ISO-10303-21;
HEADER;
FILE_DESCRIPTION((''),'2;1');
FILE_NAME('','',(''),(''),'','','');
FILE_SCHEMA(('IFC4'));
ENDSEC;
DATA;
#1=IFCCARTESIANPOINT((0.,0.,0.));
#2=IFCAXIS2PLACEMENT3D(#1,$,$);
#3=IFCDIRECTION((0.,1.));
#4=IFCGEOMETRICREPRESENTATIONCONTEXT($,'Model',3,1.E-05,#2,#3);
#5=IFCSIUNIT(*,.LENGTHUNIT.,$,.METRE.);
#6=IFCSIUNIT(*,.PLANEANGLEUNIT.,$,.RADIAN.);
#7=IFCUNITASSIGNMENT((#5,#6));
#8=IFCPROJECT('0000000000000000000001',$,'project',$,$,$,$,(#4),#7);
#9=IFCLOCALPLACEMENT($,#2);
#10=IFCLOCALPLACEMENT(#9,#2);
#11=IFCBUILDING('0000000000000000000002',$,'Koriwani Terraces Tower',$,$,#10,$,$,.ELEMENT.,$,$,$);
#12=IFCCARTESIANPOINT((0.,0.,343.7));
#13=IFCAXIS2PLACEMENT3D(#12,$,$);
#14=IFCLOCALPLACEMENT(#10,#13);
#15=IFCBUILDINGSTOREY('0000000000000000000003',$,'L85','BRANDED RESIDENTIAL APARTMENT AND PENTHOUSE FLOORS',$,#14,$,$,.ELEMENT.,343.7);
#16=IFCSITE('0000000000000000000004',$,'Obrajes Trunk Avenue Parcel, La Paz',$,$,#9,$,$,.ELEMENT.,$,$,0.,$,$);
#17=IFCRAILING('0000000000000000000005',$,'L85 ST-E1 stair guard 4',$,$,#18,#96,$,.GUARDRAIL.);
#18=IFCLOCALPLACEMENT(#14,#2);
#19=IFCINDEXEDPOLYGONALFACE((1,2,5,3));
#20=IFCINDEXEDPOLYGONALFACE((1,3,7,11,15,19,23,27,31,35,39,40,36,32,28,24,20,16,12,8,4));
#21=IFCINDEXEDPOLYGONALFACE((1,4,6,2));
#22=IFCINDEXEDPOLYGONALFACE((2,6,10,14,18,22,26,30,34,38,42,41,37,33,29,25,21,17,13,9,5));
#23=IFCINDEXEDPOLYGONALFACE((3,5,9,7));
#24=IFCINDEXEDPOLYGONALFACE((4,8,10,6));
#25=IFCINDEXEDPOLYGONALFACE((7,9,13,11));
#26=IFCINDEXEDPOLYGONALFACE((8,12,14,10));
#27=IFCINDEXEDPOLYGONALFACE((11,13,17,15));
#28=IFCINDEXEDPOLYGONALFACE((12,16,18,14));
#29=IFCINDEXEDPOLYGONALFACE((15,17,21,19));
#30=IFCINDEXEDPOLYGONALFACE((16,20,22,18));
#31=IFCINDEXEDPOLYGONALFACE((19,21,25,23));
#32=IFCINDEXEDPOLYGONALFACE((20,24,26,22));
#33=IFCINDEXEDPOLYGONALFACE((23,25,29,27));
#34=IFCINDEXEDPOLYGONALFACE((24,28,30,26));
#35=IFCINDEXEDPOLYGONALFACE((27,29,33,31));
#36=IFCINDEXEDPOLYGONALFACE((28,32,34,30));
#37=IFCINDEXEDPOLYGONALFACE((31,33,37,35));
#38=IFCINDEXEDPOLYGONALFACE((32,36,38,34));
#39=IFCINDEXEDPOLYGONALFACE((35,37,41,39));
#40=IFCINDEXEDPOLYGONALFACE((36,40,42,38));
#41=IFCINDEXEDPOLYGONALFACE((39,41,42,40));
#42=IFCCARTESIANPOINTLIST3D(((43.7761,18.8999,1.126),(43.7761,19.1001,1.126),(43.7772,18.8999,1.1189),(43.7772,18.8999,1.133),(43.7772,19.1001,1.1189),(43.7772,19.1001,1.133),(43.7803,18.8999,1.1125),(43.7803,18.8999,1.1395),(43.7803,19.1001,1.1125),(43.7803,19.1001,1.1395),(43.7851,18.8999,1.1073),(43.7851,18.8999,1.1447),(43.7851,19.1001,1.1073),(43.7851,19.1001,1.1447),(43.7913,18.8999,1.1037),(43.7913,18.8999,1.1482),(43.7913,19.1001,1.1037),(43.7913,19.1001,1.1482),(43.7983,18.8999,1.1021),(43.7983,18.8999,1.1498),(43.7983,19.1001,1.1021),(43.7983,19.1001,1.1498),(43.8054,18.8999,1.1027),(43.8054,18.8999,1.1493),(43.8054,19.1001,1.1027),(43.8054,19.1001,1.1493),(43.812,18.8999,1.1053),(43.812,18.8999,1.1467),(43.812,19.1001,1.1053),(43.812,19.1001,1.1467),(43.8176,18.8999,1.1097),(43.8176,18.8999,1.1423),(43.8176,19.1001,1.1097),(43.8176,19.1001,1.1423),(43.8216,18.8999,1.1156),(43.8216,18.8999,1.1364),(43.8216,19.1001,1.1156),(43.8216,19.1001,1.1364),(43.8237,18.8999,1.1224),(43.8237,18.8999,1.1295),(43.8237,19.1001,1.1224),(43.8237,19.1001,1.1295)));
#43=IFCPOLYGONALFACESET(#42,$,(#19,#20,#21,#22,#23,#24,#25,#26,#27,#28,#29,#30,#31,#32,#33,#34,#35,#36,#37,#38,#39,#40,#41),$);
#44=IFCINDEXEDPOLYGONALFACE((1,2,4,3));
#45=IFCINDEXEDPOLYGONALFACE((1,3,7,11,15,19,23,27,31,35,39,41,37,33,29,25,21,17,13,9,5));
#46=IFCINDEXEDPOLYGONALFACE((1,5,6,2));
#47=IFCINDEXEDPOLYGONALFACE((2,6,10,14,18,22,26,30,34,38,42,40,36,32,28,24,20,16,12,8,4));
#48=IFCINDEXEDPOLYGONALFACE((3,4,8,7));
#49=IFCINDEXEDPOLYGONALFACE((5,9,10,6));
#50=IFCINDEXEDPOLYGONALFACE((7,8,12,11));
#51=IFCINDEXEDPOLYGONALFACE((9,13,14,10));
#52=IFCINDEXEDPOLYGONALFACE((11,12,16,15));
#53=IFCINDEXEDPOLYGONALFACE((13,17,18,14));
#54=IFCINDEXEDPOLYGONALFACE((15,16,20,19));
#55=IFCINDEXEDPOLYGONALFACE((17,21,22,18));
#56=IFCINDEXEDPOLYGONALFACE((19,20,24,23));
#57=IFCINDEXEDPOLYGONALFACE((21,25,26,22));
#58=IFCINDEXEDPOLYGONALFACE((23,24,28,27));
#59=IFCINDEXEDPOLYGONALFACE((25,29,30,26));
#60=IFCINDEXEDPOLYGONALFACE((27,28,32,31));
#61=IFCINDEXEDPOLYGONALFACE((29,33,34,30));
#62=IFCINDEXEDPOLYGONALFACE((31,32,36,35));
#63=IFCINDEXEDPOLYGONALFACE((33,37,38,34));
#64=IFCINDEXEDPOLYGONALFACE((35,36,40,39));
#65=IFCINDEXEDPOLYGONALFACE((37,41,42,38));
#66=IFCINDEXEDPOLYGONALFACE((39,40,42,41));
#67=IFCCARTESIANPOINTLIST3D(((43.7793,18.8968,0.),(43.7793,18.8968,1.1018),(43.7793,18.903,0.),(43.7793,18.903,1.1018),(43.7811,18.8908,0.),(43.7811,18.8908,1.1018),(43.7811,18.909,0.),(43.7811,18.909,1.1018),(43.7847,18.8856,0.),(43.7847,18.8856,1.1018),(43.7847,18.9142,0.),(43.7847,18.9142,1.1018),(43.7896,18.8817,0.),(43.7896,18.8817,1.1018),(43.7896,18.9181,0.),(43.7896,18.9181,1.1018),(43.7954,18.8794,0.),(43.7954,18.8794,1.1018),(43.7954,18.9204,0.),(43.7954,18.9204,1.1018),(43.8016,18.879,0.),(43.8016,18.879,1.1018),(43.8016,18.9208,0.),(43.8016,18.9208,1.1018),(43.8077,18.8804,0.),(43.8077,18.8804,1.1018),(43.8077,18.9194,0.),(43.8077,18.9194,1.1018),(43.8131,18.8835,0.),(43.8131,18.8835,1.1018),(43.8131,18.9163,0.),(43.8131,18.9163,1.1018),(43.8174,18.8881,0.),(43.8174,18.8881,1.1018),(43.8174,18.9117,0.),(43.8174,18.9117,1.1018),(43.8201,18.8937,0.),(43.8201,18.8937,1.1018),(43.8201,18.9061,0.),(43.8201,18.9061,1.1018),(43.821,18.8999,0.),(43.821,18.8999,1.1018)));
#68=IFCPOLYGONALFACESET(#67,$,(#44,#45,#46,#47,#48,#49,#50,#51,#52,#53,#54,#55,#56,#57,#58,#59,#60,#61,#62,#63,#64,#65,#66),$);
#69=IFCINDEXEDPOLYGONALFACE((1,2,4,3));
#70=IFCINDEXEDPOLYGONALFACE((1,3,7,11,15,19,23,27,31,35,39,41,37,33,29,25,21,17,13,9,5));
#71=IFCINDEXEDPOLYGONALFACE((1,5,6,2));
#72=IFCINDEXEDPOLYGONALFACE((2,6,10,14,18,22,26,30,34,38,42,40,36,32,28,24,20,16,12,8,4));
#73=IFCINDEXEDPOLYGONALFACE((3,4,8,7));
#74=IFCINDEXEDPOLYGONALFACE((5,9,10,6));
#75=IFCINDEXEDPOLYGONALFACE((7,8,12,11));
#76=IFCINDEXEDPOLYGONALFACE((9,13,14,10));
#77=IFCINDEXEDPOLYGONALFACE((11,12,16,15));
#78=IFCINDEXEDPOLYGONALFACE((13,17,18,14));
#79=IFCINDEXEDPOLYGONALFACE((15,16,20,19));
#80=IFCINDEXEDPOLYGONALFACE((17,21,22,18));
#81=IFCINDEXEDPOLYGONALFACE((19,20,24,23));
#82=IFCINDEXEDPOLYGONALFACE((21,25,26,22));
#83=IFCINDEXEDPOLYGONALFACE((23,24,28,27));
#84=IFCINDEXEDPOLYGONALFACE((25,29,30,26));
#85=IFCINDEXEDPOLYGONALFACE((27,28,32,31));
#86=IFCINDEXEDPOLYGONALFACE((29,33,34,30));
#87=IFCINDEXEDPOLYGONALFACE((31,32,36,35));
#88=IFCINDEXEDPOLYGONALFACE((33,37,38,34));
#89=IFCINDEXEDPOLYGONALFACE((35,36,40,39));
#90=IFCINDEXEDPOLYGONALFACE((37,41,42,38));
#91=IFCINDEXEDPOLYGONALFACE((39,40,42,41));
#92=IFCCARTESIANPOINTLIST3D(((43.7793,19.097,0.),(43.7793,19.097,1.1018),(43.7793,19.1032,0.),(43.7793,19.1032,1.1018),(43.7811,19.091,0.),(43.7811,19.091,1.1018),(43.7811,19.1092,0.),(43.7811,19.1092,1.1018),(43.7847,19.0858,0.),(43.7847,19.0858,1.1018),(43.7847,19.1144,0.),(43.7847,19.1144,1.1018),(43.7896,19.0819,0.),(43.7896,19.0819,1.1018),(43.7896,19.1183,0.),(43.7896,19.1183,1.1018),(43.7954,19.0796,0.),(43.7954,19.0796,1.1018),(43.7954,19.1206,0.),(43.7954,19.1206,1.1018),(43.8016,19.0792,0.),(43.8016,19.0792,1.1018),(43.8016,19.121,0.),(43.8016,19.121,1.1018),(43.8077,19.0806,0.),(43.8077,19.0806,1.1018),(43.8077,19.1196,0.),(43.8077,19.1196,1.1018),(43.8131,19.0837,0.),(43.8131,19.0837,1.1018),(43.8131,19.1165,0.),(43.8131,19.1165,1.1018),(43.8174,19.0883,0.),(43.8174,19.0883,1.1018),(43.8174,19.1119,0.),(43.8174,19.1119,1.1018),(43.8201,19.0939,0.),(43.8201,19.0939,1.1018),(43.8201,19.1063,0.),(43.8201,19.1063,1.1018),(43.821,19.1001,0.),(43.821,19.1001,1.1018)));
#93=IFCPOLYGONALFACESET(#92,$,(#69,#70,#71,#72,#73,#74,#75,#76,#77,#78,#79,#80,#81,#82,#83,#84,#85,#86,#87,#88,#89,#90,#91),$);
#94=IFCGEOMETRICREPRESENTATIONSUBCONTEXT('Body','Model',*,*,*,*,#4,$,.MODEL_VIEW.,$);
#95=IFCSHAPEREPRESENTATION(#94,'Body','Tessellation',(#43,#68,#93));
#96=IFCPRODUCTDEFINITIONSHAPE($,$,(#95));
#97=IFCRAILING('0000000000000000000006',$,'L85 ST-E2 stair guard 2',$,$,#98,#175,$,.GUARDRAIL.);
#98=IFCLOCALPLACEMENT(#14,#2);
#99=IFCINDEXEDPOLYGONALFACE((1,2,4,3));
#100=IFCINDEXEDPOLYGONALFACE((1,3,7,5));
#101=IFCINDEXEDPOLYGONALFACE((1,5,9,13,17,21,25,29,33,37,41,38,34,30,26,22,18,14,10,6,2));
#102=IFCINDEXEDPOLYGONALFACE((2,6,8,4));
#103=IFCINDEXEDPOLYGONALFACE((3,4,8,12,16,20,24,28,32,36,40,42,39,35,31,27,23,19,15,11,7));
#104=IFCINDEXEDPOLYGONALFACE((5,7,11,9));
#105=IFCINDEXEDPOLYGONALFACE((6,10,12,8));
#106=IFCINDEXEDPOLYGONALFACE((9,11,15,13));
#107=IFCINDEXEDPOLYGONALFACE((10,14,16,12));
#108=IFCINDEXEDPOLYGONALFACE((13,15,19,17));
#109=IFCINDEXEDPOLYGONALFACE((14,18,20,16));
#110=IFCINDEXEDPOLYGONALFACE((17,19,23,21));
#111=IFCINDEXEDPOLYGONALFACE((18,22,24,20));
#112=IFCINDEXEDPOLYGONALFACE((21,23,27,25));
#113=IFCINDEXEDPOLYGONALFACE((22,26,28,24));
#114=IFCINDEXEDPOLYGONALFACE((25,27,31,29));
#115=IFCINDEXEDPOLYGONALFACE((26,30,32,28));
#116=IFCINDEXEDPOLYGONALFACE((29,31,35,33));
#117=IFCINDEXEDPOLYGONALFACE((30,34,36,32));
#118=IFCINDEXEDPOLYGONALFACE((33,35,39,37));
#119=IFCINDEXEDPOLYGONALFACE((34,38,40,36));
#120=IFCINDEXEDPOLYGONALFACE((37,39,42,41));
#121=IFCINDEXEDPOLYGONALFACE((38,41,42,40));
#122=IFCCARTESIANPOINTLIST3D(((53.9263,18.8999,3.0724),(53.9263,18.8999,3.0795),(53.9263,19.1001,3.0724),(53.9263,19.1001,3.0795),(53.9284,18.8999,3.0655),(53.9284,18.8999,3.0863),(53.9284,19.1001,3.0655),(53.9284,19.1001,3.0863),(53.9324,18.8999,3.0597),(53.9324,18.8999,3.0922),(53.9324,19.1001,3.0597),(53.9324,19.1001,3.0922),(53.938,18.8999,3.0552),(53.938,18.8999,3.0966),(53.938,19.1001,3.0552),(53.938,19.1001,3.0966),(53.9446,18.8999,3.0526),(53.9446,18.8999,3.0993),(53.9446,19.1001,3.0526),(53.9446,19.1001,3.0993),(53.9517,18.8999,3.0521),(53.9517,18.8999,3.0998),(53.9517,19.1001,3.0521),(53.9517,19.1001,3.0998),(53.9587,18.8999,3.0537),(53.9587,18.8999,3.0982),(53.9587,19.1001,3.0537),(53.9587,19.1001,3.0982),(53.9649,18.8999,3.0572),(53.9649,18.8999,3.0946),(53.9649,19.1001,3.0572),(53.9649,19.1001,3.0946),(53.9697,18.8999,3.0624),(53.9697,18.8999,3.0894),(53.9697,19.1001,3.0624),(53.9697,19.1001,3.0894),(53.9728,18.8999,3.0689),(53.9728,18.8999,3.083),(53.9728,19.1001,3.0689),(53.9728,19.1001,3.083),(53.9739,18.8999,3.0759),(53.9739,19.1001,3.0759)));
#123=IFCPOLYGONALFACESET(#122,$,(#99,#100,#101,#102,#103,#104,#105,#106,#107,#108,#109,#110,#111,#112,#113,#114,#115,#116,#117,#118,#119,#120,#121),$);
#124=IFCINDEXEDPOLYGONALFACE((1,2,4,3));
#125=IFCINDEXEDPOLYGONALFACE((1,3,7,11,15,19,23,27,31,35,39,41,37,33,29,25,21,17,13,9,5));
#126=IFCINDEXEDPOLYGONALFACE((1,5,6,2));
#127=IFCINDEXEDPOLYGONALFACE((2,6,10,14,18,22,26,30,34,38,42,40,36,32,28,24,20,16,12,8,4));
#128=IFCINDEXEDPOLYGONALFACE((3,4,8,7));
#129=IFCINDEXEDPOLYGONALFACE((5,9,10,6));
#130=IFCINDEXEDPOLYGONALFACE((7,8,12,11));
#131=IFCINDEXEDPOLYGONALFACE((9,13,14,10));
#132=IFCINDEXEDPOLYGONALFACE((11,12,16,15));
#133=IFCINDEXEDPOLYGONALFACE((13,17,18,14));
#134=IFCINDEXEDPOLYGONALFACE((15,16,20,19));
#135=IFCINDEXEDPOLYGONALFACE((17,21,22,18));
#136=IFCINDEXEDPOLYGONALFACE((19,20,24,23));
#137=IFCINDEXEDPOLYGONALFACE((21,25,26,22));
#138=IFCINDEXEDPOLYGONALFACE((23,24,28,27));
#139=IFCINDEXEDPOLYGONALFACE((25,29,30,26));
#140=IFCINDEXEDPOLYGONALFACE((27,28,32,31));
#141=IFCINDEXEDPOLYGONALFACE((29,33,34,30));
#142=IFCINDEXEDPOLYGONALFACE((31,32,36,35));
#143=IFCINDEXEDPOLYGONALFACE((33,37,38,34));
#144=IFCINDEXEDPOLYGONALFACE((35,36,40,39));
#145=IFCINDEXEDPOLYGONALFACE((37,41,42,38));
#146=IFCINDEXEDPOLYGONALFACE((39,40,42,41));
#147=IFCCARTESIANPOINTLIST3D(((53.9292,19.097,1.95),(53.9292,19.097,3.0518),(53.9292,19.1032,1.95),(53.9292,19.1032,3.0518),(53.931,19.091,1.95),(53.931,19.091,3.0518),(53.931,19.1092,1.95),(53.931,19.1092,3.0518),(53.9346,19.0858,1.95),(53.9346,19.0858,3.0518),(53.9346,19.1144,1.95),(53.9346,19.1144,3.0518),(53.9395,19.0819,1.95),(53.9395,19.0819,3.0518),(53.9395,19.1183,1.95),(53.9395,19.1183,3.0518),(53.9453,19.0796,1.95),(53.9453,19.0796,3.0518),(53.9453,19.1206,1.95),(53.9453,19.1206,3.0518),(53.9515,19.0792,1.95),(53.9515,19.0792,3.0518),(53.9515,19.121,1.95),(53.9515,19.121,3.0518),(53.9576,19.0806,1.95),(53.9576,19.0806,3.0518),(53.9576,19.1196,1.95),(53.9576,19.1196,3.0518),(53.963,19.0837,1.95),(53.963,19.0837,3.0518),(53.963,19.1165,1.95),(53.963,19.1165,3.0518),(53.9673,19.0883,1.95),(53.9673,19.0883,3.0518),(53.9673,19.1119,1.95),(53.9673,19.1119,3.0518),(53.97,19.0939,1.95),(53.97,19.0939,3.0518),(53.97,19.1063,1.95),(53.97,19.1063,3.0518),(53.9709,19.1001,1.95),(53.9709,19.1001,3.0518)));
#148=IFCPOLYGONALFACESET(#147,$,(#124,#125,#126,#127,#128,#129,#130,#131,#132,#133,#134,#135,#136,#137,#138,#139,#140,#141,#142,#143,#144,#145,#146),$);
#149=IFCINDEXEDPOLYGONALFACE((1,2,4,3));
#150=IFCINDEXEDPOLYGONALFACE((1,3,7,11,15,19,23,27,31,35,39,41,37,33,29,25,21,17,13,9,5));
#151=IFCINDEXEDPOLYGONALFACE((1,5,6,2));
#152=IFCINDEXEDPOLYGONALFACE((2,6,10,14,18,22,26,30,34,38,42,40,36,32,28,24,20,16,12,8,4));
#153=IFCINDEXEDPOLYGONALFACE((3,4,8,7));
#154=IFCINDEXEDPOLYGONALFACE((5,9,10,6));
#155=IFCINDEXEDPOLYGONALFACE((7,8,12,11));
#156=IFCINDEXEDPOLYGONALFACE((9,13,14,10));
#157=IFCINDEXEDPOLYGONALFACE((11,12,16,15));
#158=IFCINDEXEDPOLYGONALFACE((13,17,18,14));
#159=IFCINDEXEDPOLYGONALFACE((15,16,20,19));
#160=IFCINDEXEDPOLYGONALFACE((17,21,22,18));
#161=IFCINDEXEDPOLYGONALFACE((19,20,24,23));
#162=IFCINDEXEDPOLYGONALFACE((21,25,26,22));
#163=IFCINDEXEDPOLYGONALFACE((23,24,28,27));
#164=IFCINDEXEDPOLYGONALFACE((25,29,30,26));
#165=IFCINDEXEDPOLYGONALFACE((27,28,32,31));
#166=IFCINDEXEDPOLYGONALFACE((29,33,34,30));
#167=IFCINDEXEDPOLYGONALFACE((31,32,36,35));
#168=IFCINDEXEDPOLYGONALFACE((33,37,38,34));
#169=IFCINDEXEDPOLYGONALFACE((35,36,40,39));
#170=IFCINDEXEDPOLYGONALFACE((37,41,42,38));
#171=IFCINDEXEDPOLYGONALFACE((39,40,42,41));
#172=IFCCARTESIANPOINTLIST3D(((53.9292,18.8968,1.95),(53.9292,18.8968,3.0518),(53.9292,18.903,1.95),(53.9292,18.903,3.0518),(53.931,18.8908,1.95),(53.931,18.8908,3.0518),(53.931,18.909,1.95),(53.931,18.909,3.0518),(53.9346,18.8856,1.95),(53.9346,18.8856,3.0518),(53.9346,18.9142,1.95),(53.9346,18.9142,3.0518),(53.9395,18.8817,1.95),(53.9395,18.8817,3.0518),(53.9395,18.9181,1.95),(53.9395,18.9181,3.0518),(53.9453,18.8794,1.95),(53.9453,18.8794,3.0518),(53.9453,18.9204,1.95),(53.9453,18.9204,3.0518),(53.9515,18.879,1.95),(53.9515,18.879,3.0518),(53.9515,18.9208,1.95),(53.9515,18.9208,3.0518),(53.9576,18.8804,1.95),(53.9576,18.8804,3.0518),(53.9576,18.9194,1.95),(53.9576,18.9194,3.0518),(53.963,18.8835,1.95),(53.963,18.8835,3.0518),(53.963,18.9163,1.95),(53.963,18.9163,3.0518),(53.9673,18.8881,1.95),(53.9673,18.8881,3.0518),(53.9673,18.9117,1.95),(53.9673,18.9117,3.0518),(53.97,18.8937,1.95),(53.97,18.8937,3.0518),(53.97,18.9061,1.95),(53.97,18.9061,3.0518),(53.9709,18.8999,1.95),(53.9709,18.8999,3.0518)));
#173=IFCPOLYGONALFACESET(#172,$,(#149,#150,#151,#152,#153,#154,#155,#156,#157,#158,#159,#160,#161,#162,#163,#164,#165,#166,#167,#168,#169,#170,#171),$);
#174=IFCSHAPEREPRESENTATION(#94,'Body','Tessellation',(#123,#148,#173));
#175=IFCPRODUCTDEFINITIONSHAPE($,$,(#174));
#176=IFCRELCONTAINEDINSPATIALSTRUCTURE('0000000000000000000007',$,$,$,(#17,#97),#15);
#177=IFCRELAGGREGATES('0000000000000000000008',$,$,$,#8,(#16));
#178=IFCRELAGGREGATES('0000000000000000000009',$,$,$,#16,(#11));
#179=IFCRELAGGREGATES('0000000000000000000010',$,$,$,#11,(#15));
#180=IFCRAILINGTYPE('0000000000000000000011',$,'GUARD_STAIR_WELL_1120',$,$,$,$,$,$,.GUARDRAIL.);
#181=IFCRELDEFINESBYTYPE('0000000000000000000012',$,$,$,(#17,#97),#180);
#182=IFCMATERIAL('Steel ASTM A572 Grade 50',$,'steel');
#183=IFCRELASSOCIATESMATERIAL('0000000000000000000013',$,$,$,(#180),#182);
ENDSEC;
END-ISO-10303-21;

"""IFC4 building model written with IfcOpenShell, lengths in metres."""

from ifc_helpers import new_model, si_unit, direction, frame, origin, origin_2d, place, context, subcontext, project, spatial, circle, extrude, material, type_object, element, save


model = new_model("IFC4")

# Units and contexts
model_context = context("Model", 3, precision=1e-05, world=origin(), true_north=direction((0.0, 1.0)))
body_context = subcontext(model_context, "Body", "Model", "MODEL_VIEW")
ifc_project = project(units=[si_unit("LENGTHUNIT", "METRE"), si_unit("PLANEANGLEUNIT", "RADIAN")], contexts=[model_context])

# Site, building, storey
site_placement = place(None, origin())
site = spatial("IfcSite", under=ifc_project, at=site_placement, Name="Obrajes Trunk Avenue Parcel, La Paz", CompositionType="ELEMENT", RefElevation=0.0)
building_placement = place(site_placement, origin())
building = spatial("IfcBuilding", under=site, at=building_placement, Name="Koriwani Terraces Tower", CompositionType="ELEMENT")
storey_placement = place(building_placement, frame((0.0, 0.0, 343.7)))
storey = spatial("IfcBuildingStorey", under=building, at=storey_placement, Name="L85", Description="BRANDED RESIDENTIAL APARTMENT AND PENTHOUSE FLOORS", CompositionType="ELEMENT", Elevation=343.7)

# Railings
ifc_material_1 = material(Name="Steel ASTM A572 Grade 50", Category="steel")
railing_type_1 = type_object("IfcRailingType", Name="GUARD_STAIR_WELL_1120", PredefinedType="GUARDRAIL", material=ifc_material_1)
railing_1_placement = place(storey_placement, frame((43.8, 18.8999, 0.0)))
element("IfcRailing", 1, at=railing_1_placement, inside=storey, type_object=railing_type_1, Name="L85 ST-E1 stair guard 4", PredefinedType="GUARDRAIL", context=body_context, shape_type="SweptSolid", body=[
    extrude(circle(Radius=0.0239, at=origin_2d()), frame((0.0, 0.0, 1.126), z_axis=(0.0, 1.0, 0.0), x_axis=(-1.0, 0.0, 0.0)), (0.0, 0.0, 1.0), 0.2002),
    extrude(circle(Radius=0.021, at=origin_2d()), origin(), (0.0, 0.0, 1.0), 1.1018),
    extrude(circle(Radius=0.021, at=origin_2d()), frame((0.0, 0.2002, 0.0)), (0.0, 0.0, 1.0), 1.1018),
])
railing_2_placement = place(storey_placement, frame((53.95, 19.1001, 1.95)))
element("IfcRailing", 2, at=railing_2_placement, inside=storey, type_object=railing_type_1, Name="L85 ST-E2 stair guard 2", PredefinedType="GUARDRAIL", context=body_context, shape_type="SweptSolid", body=[
    extrude(circle(Radius=0.0239, at=origin_2d()), frame((0.0, 0.0, 1.126), z_axis=(0.0, -1.0, 0.0), x_axis=(1.0, 0.0, 0.0)), (0.0, 0.0, 1.0), 0.2002),
    extrude(circle(Radius=0.021, at=origin_2d()), origin(), (0.0, 0.0, 1.0), 1.1018),
    extrude(circle(Radius=0.021, at=origin_2d()), frame((0.0, -0.2002, 0.0)), (0.0, 0.0, 1.0), 1.1018),
])

save(model, "model.ifc")
